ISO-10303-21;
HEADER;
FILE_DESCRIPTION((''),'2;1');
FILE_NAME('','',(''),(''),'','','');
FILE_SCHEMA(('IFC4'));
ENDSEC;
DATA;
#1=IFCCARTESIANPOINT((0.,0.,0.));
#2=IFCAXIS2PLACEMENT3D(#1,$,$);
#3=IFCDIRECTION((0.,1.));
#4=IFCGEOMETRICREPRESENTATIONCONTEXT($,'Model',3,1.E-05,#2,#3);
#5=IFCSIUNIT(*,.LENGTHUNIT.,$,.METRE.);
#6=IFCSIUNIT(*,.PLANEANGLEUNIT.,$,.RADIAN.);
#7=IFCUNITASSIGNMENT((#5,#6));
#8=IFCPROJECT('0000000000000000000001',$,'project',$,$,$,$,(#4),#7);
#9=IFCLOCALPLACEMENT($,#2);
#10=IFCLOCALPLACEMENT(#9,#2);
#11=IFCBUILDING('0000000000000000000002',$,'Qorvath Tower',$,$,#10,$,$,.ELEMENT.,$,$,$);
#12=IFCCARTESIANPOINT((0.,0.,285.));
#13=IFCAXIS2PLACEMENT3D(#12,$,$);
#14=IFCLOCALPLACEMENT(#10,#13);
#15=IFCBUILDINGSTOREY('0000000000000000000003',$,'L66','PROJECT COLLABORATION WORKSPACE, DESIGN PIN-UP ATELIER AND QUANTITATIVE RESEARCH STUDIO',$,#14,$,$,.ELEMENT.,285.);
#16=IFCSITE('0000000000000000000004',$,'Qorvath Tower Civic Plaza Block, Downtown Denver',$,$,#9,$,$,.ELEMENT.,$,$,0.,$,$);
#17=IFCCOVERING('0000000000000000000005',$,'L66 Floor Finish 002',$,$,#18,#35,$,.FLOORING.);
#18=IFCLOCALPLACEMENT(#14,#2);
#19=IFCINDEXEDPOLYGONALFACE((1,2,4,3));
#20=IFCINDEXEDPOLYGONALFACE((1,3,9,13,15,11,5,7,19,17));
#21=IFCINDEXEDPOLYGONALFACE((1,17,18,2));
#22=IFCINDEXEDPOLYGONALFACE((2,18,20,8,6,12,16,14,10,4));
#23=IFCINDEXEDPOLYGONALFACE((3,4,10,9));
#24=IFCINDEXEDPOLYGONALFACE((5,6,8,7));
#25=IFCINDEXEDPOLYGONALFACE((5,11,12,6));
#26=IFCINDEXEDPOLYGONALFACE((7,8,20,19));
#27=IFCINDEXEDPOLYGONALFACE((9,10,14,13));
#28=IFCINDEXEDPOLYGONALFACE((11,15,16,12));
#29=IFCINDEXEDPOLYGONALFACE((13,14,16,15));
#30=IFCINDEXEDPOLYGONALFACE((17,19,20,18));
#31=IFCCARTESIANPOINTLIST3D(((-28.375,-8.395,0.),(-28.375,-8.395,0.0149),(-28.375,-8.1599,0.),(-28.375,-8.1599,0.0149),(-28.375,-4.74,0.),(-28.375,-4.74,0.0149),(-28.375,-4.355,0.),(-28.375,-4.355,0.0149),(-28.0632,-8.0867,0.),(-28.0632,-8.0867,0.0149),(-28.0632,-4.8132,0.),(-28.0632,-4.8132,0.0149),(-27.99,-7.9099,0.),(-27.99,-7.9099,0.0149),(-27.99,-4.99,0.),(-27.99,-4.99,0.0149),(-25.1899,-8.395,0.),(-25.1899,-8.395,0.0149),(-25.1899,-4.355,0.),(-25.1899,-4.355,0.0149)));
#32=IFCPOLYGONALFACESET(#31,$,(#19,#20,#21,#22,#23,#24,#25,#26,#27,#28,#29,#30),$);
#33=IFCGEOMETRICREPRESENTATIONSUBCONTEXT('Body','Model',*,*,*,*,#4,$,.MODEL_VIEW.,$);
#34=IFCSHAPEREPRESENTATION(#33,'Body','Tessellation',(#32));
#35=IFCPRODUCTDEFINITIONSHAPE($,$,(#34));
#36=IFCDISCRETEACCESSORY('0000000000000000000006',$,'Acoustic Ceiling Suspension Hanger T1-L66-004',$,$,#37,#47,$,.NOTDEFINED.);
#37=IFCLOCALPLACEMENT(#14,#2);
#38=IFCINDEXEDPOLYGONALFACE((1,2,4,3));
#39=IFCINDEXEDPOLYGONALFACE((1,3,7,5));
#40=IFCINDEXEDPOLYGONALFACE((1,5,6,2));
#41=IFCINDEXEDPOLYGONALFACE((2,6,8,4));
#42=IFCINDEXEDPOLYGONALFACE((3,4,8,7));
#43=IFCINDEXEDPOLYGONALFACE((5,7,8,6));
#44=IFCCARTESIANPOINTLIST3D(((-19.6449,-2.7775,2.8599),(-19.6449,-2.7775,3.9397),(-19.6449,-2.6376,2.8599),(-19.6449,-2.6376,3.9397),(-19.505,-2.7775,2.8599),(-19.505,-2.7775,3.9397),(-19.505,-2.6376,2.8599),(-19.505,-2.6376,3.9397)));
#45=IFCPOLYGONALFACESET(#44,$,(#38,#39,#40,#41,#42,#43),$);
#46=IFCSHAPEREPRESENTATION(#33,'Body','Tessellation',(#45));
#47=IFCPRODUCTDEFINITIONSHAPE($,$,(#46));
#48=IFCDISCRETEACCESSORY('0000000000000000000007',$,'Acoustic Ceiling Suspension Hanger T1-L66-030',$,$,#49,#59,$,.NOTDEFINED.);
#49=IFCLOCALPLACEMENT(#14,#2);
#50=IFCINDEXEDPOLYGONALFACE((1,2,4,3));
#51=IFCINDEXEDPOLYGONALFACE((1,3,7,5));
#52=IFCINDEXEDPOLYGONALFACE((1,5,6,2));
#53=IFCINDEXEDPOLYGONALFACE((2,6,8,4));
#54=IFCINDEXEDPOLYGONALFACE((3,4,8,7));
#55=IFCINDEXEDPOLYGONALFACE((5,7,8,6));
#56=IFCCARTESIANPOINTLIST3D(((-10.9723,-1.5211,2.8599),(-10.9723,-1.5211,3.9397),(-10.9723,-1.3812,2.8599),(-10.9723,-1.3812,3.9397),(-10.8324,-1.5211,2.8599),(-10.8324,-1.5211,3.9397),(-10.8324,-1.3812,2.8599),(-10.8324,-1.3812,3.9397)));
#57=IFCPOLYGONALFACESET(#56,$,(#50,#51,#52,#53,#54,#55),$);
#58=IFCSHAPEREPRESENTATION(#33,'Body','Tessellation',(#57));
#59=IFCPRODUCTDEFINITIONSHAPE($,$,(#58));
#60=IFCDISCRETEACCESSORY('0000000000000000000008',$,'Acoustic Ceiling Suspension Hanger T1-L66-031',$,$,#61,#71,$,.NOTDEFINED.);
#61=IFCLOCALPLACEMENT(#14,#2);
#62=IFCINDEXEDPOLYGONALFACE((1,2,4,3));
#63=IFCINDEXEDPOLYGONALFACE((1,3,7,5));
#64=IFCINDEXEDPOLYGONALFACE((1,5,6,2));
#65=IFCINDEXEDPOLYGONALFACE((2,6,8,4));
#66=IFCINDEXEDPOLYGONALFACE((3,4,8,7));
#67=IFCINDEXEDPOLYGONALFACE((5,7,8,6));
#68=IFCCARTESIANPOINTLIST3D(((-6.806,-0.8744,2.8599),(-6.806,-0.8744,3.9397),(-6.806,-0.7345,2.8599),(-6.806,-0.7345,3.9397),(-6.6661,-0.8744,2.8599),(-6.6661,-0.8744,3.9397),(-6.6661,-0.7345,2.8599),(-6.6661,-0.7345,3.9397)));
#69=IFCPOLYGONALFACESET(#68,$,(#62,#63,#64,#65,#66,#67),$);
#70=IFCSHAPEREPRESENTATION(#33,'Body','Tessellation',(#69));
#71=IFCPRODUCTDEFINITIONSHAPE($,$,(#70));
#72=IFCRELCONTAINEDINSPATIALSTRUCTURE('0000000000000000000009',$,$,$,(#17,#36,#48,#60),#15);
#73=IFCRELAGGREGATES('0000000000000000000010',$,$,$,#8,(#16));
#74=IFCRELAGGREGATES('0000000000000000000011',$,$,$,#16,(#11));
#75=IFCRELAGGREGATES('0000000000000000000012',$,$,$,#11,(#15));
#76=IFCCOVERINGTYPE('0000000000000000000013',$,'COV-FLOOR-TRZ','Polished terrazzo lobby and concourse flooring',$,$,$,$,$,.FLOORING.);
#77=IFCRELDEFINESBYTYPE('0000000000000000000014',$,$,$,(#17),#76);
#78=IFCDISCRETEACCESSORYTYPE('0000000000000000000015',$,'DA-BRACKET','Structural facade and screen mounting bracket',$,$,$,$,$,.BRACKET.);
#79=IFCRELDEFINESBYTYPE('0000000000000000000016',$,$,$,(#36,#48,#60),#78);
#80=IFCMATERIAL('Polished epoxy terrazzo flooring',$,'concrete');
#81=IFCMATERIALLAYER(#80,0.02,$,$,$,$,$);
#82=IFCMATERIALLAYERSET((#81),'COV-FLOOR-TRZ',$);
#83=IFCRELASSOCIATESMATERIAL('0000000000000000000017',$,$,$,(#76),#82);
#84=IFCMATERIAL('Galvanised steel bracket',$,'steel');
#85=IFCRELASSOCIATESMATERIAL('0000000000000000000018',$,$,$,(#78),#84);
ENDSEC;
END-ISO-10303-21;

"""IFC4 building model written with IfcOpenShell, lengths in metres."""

from ifc_helpers import new_model, si_unit, direction, frame, origin, origin_2d, place, context, subcontext, project, spatial, polyline, rectangle, outline, extrude, material, layer, layer_set, type_object, element, save


model = new_model("IFC4")

# Units and contexts
model_context = context("Model", 3, precision=1e-05, world=origin(), true_north=direction((0.0, 1.0)))
body_context = subcontext(model_context, "Body", "Model", "MODEL_VIEW")
ifc_project = project(units=[si_unit("LENGTHUNIT", "METRE"), si_unit("PLANEANGLEUNIT", "RADIAN")], contexts=[model_context])

# Site, building, storey
site_placement = place(None, origin())
site = spatial("IfcSite", under=ifc_project, at=site_placement, Name="Qorvath Tower Civic Plaza Block, Downtown Denver", CompositionType="ELEMENT", RefElevation=0.0)
building_placement = place(site_placement, origin())
building = spatial("IfcBuilding", under=site, at=building_placement, Name="Qorvath Tower", CompositionType="ELEMENT")
storey_placement = place(building_placement, frame((0.0, 0.0, 285.0)))
storey = spatial("IfcBuildingStorey", under=building, at=storey_placement, Name="L66", Description="PROJECT COLLABORATION WORKSPACE, DESIGN PIN-UP ATELIER AND QUANTITATIVE RESEARCH STUDIO", CompositionType="ELEMENT", Elevation=285.0)

# Covering
ifc_material_1 = material(Name="Polished epoxy terrazzo flooring", Category="concrete")
ifc_layer_1 = layer(ifc_material_1, 0.02)
ifc_layer_set_1 = layer_set([ifc_layer_1], Name="COV-FLOOR-TRZ")
covering_type_1 = type_object("IfcCoveringType", Name="COV-FLOOR-TRZ", Description="Polished terrazzo lobby and concourse flooring", PredefinedType="FLOORING", material=ifc_layer_set_1)
covering_1_placement = place(storey_placement, origin())
element("IfcCovering", 1, at=covering_1_placement, inside=storey, type_object=covering_type_1, Name="L66 Floor Finish 002", PredefinedType="FLOORING", context=body_context, shape_type="SweptSolid", body=[
    extrude(outline(polyline([(-25.1899, -8.395), (-25.1899, -4.355), (-28.375, -4.355), (-28.375, -4.74), (-28.0632, -4.8132), (-27.99, -4.99), (-27.99, -7.9099), (-28.0632, -8.0867), (-28.375, -8.1599), (-28.375, -8.395), (-25.1899, -8.395)])), origin(), (0.0, 0.0, 1.0), 0.0149),
])

# Discrete accessories
ifc_material_2 = material(Name="Galvanised steel bracket", Category="steel")
discrete_accessory_type = type_object("IfcDiscreteAccessoryType", Name="DA-BRACKET", Description="Structural facade and screen mounting bracket", PredefinedType="BRACKET", material=ifc_material_2)
for number, where, z_axis, x_axis, name in (
    (2, (-19.575, -2.7075, 2.8599), (0.0, 0.0, 1.0), (1.0, 0.0, 0.0), "Acoustic Ceiling Suspension Hanger T1-L66-004"),
    (3, (-10.9023, -1.4512, 2.8599), (0.0, 0.0, 1.0), (1.0, 0.0, 0.0), "Acoustic Ceiling Suspension Hanger T1-L66-030"),
    (4, (-6.7361, -0.8044, 2.8599), (0.0, 0.0, 1.0), (1.0, 0.0, 0.0), "Acoustic Ceiling Suspension Hanger T1-L66-031"),
):
    element("IfcDiscreteAccessory", number, at=place(storey_placement, frame(where, z_axis=z_axis, x_axis=x_axis)), inside=storey, type_object=discrete_accessory_type, Name=name, PredefinedType="NOTDEFINED", context=body_context, shape_type="SweptSolid", body=[
        extrude(rectangle(XDim=0.1399, YDim=0.1399, at=origin_2d()), origin(), (0.0, 0.0, 1.0), 1.0798),
    ])

save(model, "model.ifc")
